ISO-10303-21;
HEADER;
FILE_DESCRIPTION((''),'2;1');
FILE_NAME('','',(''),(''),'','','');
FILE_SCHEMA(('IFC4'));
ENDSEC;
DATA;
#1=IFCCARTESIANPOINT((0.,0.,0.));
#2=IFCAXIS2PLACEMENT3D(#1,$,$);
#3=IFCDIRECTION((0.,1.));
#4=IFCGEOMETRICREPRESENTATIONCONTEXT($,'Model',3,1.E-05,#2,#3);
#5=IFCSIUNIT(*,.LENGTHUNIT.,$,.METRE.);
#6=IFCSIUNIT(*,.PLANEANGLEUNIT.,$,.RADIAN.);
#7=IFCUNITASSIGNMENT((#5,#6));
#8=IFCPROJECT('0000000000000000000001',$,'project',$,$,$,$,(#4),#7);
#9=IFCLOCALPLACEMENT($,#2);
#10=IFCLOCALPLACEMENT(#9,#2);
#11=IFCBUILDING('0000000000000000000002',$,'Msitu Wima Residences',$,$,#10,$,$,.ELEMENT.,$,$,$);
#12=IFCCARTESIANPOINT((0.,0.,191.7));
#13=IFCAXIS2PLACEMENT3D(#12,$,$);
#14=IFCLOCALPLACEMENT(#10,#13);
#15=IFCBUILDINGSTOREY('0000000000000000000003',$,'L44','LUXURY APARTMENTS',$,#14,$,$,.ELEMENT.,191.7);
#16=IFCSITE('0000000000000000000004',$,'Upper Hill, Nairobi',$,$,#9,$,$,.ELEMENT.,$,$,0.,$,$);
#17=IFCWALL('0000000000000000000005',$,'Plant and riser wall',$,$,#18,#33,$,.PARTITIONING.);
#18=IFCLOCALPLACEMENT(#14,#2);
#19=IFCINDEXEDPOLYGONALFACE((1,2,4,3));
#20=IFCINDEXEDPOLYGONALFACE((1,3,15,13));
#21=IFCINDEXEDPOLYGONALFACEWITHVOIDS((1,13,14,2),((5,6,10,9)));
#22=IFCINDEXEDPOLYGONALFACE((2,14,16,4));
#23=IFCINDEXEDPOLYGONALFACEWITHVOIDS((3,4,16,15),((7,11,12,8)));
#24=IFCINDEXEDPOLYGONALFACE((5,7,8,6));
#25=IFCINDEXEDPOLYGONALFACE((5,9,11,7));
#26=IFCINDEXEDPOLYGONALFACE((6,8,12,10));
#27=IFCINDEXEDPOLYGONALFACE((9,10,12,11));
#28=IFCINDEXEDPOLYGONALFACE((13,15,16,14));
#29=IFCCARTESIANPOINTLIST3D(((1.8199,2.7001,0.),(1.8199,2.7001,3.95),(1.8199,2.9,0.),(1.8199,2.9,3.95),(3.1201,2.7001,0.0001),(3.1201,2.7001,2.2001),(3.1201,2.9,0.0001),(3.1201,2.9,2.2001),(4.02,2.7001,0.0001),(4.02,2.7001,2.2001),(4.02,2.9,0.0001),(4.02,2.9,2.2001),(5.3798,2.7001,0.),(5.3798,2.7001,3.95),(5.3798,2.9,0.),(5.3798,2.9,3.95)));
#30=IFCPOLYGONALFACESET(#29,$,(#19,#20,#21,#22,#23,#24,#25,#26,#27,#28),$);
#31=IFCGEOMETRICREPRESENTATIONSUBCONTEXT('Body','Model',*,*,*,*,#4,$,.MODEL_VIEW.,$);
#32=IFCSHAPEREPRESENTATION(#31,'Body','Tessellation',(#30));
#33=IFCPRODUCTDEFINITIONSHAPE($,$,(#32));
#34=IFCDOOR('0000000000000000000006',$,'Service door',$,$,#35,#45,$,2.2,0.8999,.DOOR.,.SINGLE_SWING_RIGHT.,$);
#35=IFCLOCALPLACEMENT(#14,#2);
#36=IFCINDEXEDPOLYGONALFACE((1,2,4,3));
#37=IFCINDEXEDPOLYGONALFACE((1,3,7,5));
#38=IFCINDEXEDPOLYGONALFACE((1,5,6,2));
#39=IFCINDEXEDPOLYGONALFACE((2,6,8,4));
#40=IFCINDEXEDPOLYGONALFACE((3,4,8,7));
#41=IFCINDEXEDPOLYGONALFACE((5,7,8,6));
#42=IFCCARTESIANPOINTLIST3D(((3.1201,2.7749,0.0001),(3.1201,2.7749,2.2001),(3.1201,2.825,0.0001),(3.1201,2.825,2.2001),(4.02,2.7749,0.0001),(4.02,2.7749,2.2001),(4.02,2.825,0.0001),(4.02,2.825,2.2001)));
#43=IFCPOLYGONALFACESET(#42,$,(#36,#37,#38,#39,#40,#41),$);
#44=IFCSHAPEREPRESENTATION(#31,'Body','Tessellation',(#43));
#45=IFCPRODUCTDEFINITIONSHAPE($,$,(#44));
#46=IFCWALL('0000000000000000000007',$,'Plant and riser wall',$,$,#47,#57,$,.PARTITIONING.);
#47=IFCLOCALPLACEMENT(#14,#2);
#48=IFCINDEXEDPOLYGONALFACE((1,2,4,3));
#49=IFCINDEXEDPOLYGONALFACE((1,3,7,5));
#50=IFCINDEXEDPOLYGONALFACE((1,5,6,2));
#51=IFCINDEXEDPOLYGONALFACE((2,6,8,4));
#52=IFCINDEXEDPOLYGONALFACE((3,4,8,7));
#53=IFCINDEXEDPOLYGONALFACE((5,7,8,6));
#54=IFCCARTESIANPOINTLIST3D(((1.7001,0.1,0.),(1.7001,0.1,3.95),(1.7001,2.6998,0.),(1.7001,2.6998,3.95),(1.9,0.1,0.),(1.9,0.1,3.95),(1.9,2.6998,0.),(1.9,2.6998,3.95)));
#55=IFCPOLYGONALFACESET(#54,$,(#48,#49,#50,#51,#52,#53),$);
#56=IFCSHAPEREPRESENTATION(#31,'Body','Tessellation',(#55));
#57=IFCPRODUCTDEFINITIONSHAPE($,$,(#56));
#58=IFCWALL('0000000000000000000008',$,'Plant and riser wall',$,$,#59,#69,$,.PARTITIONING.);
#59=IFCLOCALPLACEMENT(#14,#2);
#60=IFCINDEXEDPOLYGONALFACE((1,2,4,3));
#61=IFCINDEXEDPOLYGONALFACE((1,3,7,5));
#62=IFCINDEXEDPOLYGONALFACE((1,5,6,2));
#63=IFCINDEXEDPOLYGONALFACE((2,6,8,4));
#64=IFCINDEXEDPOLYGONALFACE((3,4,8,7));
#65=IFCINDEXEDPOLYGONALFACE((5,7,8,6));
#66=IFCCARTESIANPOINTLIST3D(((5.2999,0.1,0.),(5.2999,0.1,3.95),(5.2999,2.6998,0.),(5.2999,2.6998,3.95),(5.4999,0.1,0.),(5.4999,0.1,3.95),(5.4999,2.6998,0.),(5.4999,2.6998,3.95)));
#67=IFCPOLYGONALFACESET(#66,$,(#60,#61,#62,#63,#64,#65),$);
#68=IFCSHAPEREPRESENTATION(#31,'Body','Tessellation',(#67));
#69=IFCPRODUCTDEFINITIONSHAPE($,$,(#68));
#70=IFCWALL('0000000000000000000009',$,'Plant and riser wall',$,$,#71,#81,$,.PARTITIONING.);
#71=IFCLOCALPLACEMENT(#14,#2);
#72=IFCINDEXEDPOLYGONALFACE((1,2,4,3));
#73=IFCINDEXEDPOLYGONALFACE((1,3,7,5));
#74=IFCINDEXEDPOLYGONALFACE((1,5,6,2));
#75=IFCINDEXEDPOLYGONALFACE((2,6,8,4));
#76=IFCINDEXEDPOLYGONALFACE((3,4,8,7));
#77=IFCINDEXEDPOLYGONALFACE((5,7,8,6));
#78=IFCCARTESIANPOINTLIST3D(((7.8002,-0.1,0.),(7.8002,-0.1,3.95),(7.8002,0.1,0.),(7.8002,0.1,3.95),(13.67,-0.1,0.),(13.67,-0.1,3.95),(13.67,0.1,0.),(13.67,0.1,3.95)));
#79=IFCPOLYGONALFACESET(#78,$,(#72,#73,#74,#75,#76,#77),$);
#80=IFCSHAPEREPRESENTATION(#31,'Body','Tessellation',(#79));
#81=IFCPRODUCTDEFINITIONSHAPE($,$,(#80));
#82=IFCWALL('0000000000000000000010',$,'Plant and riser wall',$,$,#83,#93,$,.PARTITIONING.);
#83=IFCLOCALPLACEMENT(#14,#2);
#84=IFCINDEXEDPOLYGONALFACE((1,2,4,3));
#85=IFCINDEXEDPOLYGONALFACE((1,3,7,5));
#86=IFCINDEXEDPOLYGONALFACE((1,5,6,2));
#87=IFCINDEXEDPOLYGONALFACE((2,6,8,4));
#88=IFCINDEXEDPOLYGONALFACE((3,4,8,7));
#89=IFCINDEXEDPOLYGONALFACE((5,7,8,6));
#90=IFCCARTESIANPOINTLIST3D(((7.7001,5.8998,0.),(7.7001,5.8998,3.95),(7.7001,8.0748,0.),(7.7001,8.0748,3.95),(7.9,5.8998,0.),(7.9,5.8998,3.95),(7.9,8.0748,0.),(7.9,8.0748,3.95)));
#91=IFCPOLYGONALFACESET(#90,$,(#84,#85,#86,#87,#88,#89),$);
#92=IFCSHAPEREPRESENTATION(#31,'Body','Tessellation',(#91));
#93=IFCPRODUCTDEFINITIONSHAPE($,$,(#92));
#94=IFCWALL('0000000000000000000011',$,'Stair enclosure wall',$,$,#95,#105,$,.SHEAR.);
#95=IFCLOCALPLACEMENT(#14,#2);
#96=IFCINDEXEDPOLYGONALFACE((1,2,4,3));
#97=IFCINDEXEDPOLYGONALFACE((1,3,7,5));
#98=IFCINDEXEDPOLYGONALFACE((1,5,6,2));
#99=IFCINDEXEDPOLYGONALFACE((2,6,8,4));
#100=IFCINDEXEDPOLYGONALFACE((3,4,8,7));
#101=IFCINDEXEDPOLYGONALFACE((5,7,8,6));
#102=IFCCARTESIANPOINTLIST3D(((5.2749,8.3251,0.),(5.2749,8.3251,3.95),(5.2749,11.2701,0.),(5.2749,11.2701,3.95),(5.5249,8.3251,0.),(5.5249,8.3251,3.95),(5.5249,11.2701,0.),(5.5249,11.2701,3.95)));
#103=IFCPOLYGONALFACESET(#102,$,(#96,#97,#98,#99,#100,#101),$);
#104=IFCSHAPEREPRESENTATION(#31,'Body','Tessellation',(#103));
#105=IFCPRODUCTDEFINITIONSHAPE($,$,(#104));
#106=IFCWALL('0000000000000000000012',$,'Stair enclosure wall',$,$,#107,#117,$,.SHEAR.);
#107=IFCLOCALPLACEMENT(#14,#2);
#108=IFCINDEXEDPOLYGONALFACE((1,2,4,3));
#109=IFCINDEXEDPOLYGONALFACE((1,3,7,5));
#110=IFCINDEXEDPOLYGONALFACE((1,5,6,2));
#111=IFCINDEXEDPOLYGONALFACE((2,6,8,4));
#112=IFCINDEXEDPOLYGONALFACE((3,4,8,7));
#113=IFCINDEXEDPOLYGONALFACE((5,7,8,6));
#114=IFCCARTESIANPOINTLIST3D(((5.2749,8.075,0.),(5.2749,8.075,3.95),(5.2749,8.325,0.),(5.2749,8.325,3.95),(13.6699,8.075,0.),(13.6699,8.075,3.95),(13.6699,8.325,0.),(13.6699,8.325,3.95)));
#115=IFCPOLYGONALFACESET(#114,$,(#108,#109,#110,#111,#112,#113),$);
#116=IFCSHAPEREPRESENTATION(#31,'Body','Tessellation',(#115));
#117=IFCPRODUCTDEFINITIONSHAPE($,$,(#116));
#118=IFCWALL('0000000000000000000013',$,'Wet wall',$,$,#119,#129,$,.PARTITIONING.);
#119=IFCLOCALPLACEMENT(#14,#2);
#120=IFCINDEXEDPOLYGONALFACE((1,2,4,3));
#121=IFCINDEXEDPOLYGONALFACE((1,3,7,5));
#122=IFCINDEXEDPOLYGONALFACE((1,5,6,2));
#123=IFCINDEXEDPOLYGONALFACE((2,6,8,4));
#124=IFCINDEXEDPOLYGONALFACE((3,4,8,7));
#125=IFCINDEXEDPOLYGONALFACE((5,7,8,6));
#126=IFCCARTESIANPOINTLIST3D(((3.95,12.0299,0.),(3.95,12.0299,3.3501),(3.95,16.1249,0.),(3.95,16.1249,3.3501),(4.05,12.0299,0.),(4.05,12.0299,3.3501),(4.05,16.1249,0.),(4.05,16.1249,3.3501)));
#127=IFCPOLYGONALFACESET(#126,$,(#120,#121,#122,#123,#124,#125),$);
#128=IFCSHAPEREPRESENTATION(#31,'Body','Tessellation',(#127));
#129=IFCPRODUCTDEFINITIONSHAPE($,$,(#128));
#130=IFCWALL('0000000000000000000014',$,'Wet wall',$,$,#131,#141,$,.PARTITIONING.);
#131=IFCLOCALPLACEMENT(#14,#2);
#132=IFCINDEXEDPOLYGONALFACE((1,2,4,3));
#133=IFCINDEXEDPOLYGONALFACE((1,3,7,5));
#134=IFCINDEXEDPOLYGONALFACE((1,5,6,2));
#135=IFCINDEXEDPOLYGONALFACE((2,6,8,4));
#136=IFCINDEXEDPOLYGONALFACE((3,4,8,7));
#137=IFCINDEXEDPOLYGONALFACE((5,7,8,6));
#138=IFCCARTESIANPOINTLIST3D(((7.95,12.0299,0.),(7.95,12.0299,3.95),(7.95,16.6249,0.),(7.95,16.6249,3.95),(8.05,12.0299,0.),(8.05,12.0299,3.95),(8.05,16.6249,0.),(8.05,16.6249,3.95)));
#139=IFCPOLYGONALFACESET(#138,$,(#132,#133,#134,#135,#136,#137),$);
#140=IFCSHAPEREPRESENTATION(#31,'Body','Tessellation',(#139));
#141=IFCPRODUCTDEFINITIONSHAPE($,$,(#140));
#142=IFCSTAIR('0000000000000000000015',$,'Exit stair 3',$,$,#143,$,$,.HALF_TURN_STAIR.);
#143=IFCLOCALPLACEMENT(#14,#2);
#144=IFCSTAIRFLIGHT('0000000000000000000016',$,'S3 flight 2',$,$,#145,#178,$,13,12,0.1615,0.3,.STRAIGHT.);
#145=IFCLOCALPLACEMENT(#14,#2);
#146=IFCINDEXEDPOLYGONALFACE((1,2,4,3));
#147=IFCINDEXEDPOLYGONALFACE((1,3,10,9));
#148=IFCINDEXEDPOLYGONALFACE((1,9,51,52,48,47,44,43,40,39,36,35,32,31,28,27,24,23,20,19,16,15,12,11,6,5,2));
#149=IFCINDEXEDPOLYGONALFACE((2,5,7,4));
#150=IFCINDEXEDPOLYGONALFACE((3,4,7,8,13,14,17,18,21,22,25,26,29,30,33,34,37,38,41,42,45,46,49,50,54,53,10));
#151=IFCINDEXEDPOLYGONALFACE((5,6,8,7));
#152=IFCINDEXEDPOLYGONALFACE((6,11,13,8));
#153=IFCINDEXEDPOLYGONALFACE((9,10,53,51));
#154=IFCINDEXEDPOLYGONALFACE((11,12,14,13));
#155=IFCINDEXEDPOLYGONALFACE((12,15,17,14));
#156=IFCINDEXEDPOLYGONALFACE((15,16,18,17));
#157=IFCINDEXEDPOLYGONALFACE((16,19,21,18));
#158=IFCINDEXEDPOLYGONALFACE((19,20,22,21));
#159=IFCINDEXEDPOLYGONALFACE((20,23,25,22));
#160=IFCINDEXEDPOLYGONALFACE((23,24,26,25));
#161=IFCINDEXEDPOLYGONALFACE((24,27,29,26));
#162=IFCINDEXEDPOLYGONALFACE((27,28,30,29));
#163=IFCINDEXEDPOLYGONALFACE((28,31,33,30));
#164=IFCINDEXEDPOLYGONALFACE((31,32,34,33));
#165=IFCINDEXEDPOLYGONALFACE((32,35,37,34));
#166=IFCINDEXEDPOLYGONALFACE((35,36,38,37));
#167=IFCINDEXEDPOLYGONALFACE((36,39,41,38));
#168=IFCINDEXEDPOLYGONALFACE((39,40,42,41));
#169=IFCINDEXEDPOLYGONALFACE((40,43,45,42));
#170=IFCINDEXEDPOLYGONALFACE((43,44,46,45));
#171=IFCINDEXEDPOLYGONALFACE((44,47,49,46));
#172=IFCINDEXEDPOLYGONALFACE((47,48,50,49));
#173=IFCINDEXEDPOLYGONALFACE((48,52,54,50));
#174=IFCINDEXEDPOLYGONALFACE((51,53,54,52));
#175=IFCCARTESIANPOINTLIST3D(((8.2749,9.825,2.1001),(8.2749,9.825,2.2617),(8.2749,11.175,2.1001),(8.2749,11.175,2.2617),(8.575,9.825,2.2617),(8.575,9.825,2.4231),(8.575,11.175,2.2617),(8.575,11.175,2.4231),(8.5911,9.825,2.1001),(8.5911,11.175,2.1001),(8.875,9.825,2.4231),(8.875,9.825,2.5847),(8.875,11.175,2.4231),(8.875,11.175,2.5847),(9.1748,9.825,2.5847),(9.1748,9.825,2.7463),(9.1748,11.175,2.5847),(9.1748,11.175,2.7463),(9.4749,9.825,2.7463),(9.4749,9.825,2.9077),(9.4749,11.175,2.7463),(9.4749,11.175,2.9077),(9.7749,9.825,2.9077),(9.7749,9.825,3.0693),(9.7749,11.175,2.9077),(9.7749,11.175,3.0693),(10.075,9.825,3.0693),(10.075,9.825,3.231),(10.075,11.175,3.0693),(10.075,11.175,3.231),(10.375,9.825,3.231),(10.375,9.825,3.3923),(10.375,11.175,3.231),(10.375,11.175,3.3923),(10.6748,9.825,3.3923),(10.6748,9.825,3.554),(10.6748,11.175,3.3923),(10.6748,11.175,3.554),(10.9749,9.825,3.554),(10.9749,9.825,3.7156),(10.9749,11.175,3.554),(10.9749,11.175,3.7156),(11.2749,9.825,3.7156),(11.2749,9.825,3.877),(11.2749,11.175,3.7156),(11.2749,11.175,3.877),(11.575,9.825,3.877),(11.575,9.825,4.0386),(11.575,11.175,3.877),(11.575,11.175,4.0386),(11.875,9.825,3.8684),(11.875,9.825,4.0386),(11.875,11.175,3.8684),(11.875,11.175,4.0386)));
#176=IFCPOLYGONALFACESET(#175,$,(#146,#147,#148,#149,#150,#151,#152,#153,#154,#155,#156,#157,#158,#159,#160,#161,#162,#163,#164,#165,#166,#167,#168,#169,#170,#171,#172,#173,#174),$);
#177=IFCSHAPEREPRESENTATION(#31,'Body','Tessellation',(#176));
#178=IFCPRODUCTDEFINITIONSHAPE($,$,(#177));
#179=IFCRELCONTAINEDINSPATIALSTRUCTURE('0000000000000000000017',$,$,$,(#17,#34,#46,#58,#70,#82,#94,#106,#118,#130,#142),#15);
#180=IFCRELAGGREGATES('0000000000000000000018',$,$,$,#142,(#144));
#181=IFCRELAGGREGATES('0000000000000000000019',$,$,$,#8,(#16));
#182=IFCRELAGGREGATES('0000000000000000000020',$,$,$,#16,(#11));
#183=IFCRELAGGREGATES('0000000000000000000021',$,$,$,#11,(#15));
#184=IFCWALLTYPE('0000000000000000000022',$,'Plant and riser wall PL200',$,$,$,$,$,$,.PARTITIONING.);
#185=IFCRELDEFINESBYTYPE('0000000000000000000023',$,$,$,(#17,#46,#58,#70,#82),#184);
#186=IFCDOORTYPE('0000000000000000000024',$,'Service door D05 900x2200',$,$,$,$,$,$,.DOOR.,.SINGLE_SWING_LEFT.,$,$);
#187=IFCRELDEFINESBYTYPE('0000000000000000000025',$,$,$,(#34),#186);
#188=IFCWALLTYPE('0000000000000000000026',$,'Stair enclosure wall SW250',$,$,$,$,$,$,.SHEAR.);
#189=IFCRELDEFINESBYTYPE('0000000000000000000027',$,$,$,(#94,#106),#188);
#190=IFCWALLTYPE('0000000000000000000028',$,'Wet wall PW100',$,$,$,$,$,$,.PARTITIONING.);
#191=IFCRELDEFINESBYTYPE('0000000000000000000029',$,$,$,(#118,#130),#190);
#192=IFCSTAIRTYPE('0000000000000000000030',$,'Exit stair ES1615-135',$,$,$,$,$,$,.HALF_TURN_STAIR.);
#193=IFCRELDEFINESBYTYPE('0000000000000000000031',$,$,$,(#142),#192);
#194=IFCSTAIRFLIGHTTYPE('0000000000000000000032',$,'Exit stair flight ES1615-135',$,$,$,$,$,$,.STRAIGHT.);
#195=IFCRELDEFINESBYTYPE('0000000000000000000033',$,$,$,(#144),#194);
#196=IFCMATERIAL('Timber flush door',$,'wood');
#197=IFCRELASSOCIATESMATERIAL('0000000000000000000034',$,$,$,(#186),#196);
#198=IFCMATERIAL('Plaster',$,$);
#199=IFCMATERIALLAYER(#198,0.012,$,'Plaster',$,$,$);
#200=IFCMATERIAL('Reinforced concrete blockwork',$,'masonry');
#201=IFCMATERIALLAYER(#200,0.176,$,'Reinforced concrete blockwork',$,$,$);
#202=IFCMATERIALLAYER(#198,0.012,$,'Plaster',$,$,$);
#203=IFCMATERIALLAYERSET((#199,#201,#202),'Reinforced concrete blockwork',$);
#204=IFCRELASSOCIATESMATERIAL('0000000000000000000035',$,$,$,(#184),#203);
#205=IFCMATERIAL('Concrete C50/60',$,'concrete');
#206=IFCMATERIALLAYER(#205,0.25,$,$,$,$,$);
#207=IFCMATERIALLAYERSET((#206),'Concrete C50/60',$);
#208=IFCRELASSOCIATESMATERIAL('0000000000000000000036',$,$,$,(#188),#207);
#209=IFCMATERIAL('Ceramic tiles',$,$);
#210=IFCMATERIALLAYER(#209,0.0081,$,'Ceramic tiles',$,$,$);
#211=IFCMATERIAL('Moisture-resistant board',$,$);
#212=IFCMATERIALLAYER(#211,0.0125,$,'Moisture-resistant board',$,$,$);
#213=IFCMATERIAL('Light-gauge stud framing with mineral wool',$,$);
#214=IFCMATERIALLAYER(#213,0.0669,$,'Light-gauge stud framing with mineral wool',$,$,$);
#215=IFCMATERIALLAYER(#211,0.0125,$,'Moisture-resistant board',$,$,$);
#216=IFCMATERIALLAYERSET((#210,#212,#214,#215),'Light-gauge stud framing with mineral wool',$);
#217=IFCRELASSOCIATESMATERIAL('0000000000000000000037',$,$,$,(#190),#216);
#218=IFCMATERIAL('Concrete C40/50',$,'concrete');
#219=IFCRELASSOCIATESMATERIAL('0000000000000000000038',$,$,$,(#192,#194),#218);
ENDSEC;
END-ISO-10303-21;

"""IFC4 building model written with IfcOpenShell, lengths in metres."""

from ifc_helpers import new_model, si_unit, direction, frame, frame_2d, origin, place, context, subcontext, project, spatial, polyline, rectangle, outline, extrude, material, layer, layer_set, type_object, element, fill, aggregate, save


model = new_model("IFC4")

# Units and contexts
model_context = context("Model", 3, precision=1e-05, world=origin(), true_north=direction((0.0, 1.0)))
body_context = subcontext(model_context, "Body", "Model", "MODEL_VIEW")
ifc_project = project(units=[si_unit("LENGTHUNIT", "METRE"), si_unit("PLANEANGLEUNIT", "RADIAN")], contexts=[model_context])

# Site, building, storey
site_placement = place(None, origin())
site = spatial("IfcSite", under=ifc_project, at=site_placement, Name="Upper Hill, Nairobi", CompositionType="ELEMENT", RefElevation=0.0)
building_placement = place(site_placement, origin())
building = spatial("IfcBuilding", under=site, at=building_placement, Name="Msitu Wima Residences", CompositionType="ELEMENT")
storey_placement = place(building_placement, frame((0.0, 0.0, 191.7)))
storey = spatial("IfcBuildingStorey", under=building, at=storey_placement, Name="L44", Description="LUXURY APARTMENTS", CompositionType="ELEMENT", Elevation=191.7)

# Shared definitions
ifc_material_1 = material(Name="Concrete C40/50", Category="concrete")

# Shared definitions
ifc_material_2 = material(Name="Plaster")
ifc_material_3 = material(Name="Timber flush door", Category="wood")
door_type = type_object("IfcDoorType", Name="Service door D05 900x2200", OperationType="SINGLE_SWING_LEFT", PredefinedType="DOOR", material=ifc_material_3)

# Shared definitions
ifc_layer_1 = layer(ifc_material_2, 0.012, Name="Plaster")
ifc_material_4 = material(Name="Reinforced concrete blockwork", Category="masonry")
ifc_layer_2 = layer(ifc_material_4, 0.176, Name="Reinforced concrete blockwork")
ifc_layer_3 = layer(ifc_material_2, 0.012, Name="Plaster")
ifc_layer_set_1 = layer_set([ifc_layer_1, ifc_layer_2, ifc_layer_3], Name="Reinforced concrete blockwork")
wall_type_1 = type_object("IfcWallType", Name="Plant and riser wall PL200", PredefinedType="PARTITIONING", material=ifc_layer_set_1)

# Wall, opening, door
wall_1_placement = place(storey_placement, frame((1.8201, 2.8, 0.0), z_axis=(0.0, 0.0, 1.0), x_axis=(1.0, 0.0, 0.0)))
wall_1 = element("IfcWall", 1, at=wall_1_placement, inside=storey, type_object=wall_type_1, Name="Plant and riser wall", PredefinedType="PARTITIONING", context=body_context, shape_type="SweptSolid", body=[
    extrude(rectangle(XDim=3.5598, YDim=0.2, at=frame_2d((1.7798, 0.0))), origin(), (0.0, 0.0, 1.0), 3.95),
])
opening_1_placement = place(wall_1_placement, frame((1.3, 0.0, 0.0)))
opening_1 = element("IfcOpeningElement", 2, at=opening_1_placement, cuts=wall_1, PredefinedType="OPENING", context=body_context, shape_type="SweptSolid", body=[
    extrude(rectangle(XDim=0.8999, YDim=2.2, at=frame_2d((0.45, 1.1001))), frame((0.0, 0.1099, 0.0), z_axis=(0.0, -1.0, 0.0), x_axis=(1.0, 0.0, 0.0)), (0.0, 0.0, 1.0), 0.22),
])
door_1_placement = place(opening_1_placement, origin())
door_1 = element("IfcDoor", 3, at=door_1_placement, inside=storey, type_object=door_type, Name="Service door", OperationType="SINGLE_SWING_RIGHT", OverallHeight=2.2, OverallWidth=0.8999, PredefinedType="DOOR", context=body_context, shape_type="SweptSolid", body=[
    extrude(rectangle(XDim=0.8999, YDim=2.2, at=frame_2d((0.45, 1.1001))), frame((0.0, 0.0249, 0.0), z_axis=(0.0, -1.0, 0.0), x_axis=(1.0, 0.0, 0.0)), (0.0, 0.0, 1.0), 0.05),
])
fill(opening_1, door_1)

# Walls
for number, where, z_axis, x_axis, name in (
    (4, (1.8, 0.1001, 0.0), (0.0, 0.0, 1.0), (0.0, 1.0, 0.0), "Plant and riser wall"),
    (5, (5.3999, 0.1001, 0.0), (0.0, 0.0, 1.0), (0.0, 1.0, 0.0), "Plant and riser wall"),
):
    element("IfcWall", number, at=place(storey_placement, frame(where, z_axis=z_axis, x_axis=x_axis)), inside=storey, type_object=wall_type_1, Name=name, PredefinedType="PARTITIONING", context=body_context, shape_type="SweptSolid", body=[
        extrude(rectangle(XDim=2.5999, YDim=0.2, at=frame_2d((1.2998, 0.0))), origin(), (0.0, 0.0, 1.0), 3.95),
    ])
wall_2_placement = place(storey_placement, frame((7.8, 0.0, 0.0), z_axis=(0.0, 0.0, 1.0), x_axis=(1.0, 0.0, 0.0)))
element("IfcWall", 6, at=wall_2_placement, inside=storey, type_object=wall_type_1, Name="Plant and riser wall", PredefinedType="PARTITIONING", context=body_context, shape_type="SweptSolid", body=[
    extrude(rectangle(XDim=5.8699, YDim=0.2, at=frame_2d((2.9351, 0.0))), origin(), (0.0, 0.0, 1.0), 3.95),
])
wall_3_placement = place(storey_placement, frame((7.8, 5.8999, 0.0), z_axis=(0.0, 0.0, 1.0), x_axis=(0.0, 1.0, 0.0)))
element("IfcWall", 7, at=wall_3_placement, inside=storey, type_object=wall_type_1, Name="Plant and riser wall", PredefinedType="PARTITIONING", context=body_context, shape_type="SweptSolid", body=[
    extrude(rectangle(XDim=2.175, YDim=0.2, at=frame_2d((1.0874, 0.0))), origin(), (0.0, 0.0, 1.0), 3.95),
])
ifc_material_5 = material(Name="Concrete C50/60", Category="concrete")
ifc_layer_4 = layer(ifc_material_5, 0.25)
ifc_layer_set_2 = layer_set([ifc_layer_4], Name="Concrete C50/60")
wall_type_2 = type_object("IfcWallType", Name="Stair enclosure wall SW250", PredefinedType="SHEAR", material=ifc_layer_set_2)
wall_4_placement = place(storey_placement, frame((5.3999, 8.325, 0.0), z_axis=(0.0, 0.0, 1.0), x_axis=(0.0, 1.0, 0.0)))
element("IfcWall", 8, at=wall_4_placement, inside=storey, type_object=wall_type_2, Name="Stair enclosure wall", PredefinedType="SHEAR", context=body_context, shape_type="SweptSolid", body=[
    extrude(rectangle(XDim=2.9451, YDim=0.25, at=frame_2d((1.4727, 0.0))), origin(), (0.0, 0.0, 1.0), 3.95),
])
wall_5_placement = place(storey_placement, frame((5.2749, 8.2, 0.0), z_axis=(0.0, 0.0, 1.0), x_axis=(1.0, 0.0, 0.0)))
element("IfcWall", 9, at=wall_5_placement, inside=storey, type_object=wall_type_2, Name="Stair enclosure wall", PredefinedType="SHEAR", context=body_context, shape_type="SweptSolid", body=[
    extrude(rectangle(XDim=8.395, YDim=0.25, at=frame_2d((4.1975, 0.0))), origin(), (0.0, 0.0, 1.0), 3.95),
])
ifc_material_6 = material(Name="Ceramic tiles")
ifc_layer_5 = layer(ifc_material_6, 0.0081, Name="Ceramic tiles")
ifc_material_7 = material(Name="Moisture-resistant board")
ifc_layer_6 = layer(ifc_material_7, 0.0125, Name="Moisture-resistant board")
ifc_material_8 = material(Name="Light-gauge stud framing with mineral wool")
ifc_layer_7 = layer(ifc_material_8, 0.0669, Name="Light-gauge stud framing with mineral wool")
ifc_layer_8 = layer(ifc_material_7, 0.0125, Name="Moisture-resistant board")
ifc_layer_set_3 = layer_set([ifc_layer_5, ifc_layer_6, ifc_layer_7, ifc_layer_8], Name="Light-gauge stud framing with mineral wool")
wall_type_3 = type_object("IfcWallType", Name="Wet wall PW100", PredefinedType="PARTITIONING", material=ifc_layer_set_3)
wall_6_placement = place(storey_placement, frame((4.0, 12.03, 0.0), z_axis=(0.0, 0.0, 1.0), x_axis=(0.0, 1.0, 0.0)))
element("IfcWall", 10, at=wall_6_placement, inside=storey, type_object=wall_type_3, Name="Wet wall", PredefinedType="PARTITIONING", context=body_context, shape_type="SweptSolid", body=[
    extrude(rectangle(XDim=4.095, YDim=0.1001, at=frame_2d((2.0474, 0.0))), origin(), (0.0, 0.0, 1.0), 3.3501),
])
wall_7_placement = place(storey_placement, frame((8.0, 12.03, 0.0), z_axis=(0.0, 0.0, 1.0), x_axis=(0.0, 1.0, 0.0)))
element("IfcWall", 11, at=wall_7_placement, inside=storey, type_object=wall_type_3, Name="Wet wall", PredefinedType="PARTITIONING", context=body_context, shape_type="SweptSolid", body=[
    extrude(rectangle(XDim=4.595, YDim=0.1001, at=frame_2d((2.2974, 0.0))), origin(), (0.0, 0.0, 1.0), 3.95),
])

# Stair, stair flight
stair_type = type_object("IfcStairType", Name="Exit stair ES1615-135", PredefinedType="HALF_TURN_STAIR", material=ifc_material_1)
stair_placement = place(storey_placement, origin())
stair = element("IfcStair", 12, at=stair_placement, inside=storey, type_object=stair_type, Name="Exit stair 3", PredefinedType="HALF_TURN_STAIR")
stair_flight_type = type_object("IfcStairFlightType", Name="Exit stair flight ES1615-135", PredefinedType="STRAIGHT", material=ifc_material_1)
stair_flight_placement = place(storey_placement, frame((8.2749, 10.5, 2.1001), z_axis=(0.0, 0.0, 1.0), x_axis=(1.0, 0.0, 0.0)))
stair_flight = element("IfcStairFlight", 13, at=stair_flight_placement, type_object=stair_flight_type, Name="S3 flight 2", NumberOfRisers=13, NumberOfTreads=12, PredefinedType="STRAIGHT", RiserHeight=0.1615, TreadLength=0.3, context=body_context, shape_type="SweptSolid", body=[
    extrude(outline(polyline([(0.0, 0.0), (0.0, 0.1616), (0.3, 0.1616), (0.3, 0.323), (0.6001, 0.323), (0.6001, 0.4846), (0.8999, 0.4846), (0.8999, 0.6462), (1.2, 0.6462), (1.2, 0.8076), (1.5, 0.8076), (1.5, 0.9692), (1.8, 0.9692), (1.8, 1.1309), (2.1001, 1.1309), (2.1001, 1.2922), (2.3999, 1.2922), (2.3999, 1.4539), (2.7, 1.4539), (2.7, 1.6155), (3.0, 1.6155), (3.0, 1.7769), (3.3, 1.7769), (3.3, 1.9385), (3.6001, 1.9385), (3.6001, 2.1001), (3.6001, 1.7683), (0.3162, 0.0), (0.0, 0.0)])), frame((0.0, 0.675, 0.0), z_axis=(0.0, -1.0, 0.0), x_axis=(1.0, 0.0, 0.0)), (0.0, 0.0, 1.0), 1.3501),
])
aggregate(stair, [stair_flight])

save(model, "model.ifc")
